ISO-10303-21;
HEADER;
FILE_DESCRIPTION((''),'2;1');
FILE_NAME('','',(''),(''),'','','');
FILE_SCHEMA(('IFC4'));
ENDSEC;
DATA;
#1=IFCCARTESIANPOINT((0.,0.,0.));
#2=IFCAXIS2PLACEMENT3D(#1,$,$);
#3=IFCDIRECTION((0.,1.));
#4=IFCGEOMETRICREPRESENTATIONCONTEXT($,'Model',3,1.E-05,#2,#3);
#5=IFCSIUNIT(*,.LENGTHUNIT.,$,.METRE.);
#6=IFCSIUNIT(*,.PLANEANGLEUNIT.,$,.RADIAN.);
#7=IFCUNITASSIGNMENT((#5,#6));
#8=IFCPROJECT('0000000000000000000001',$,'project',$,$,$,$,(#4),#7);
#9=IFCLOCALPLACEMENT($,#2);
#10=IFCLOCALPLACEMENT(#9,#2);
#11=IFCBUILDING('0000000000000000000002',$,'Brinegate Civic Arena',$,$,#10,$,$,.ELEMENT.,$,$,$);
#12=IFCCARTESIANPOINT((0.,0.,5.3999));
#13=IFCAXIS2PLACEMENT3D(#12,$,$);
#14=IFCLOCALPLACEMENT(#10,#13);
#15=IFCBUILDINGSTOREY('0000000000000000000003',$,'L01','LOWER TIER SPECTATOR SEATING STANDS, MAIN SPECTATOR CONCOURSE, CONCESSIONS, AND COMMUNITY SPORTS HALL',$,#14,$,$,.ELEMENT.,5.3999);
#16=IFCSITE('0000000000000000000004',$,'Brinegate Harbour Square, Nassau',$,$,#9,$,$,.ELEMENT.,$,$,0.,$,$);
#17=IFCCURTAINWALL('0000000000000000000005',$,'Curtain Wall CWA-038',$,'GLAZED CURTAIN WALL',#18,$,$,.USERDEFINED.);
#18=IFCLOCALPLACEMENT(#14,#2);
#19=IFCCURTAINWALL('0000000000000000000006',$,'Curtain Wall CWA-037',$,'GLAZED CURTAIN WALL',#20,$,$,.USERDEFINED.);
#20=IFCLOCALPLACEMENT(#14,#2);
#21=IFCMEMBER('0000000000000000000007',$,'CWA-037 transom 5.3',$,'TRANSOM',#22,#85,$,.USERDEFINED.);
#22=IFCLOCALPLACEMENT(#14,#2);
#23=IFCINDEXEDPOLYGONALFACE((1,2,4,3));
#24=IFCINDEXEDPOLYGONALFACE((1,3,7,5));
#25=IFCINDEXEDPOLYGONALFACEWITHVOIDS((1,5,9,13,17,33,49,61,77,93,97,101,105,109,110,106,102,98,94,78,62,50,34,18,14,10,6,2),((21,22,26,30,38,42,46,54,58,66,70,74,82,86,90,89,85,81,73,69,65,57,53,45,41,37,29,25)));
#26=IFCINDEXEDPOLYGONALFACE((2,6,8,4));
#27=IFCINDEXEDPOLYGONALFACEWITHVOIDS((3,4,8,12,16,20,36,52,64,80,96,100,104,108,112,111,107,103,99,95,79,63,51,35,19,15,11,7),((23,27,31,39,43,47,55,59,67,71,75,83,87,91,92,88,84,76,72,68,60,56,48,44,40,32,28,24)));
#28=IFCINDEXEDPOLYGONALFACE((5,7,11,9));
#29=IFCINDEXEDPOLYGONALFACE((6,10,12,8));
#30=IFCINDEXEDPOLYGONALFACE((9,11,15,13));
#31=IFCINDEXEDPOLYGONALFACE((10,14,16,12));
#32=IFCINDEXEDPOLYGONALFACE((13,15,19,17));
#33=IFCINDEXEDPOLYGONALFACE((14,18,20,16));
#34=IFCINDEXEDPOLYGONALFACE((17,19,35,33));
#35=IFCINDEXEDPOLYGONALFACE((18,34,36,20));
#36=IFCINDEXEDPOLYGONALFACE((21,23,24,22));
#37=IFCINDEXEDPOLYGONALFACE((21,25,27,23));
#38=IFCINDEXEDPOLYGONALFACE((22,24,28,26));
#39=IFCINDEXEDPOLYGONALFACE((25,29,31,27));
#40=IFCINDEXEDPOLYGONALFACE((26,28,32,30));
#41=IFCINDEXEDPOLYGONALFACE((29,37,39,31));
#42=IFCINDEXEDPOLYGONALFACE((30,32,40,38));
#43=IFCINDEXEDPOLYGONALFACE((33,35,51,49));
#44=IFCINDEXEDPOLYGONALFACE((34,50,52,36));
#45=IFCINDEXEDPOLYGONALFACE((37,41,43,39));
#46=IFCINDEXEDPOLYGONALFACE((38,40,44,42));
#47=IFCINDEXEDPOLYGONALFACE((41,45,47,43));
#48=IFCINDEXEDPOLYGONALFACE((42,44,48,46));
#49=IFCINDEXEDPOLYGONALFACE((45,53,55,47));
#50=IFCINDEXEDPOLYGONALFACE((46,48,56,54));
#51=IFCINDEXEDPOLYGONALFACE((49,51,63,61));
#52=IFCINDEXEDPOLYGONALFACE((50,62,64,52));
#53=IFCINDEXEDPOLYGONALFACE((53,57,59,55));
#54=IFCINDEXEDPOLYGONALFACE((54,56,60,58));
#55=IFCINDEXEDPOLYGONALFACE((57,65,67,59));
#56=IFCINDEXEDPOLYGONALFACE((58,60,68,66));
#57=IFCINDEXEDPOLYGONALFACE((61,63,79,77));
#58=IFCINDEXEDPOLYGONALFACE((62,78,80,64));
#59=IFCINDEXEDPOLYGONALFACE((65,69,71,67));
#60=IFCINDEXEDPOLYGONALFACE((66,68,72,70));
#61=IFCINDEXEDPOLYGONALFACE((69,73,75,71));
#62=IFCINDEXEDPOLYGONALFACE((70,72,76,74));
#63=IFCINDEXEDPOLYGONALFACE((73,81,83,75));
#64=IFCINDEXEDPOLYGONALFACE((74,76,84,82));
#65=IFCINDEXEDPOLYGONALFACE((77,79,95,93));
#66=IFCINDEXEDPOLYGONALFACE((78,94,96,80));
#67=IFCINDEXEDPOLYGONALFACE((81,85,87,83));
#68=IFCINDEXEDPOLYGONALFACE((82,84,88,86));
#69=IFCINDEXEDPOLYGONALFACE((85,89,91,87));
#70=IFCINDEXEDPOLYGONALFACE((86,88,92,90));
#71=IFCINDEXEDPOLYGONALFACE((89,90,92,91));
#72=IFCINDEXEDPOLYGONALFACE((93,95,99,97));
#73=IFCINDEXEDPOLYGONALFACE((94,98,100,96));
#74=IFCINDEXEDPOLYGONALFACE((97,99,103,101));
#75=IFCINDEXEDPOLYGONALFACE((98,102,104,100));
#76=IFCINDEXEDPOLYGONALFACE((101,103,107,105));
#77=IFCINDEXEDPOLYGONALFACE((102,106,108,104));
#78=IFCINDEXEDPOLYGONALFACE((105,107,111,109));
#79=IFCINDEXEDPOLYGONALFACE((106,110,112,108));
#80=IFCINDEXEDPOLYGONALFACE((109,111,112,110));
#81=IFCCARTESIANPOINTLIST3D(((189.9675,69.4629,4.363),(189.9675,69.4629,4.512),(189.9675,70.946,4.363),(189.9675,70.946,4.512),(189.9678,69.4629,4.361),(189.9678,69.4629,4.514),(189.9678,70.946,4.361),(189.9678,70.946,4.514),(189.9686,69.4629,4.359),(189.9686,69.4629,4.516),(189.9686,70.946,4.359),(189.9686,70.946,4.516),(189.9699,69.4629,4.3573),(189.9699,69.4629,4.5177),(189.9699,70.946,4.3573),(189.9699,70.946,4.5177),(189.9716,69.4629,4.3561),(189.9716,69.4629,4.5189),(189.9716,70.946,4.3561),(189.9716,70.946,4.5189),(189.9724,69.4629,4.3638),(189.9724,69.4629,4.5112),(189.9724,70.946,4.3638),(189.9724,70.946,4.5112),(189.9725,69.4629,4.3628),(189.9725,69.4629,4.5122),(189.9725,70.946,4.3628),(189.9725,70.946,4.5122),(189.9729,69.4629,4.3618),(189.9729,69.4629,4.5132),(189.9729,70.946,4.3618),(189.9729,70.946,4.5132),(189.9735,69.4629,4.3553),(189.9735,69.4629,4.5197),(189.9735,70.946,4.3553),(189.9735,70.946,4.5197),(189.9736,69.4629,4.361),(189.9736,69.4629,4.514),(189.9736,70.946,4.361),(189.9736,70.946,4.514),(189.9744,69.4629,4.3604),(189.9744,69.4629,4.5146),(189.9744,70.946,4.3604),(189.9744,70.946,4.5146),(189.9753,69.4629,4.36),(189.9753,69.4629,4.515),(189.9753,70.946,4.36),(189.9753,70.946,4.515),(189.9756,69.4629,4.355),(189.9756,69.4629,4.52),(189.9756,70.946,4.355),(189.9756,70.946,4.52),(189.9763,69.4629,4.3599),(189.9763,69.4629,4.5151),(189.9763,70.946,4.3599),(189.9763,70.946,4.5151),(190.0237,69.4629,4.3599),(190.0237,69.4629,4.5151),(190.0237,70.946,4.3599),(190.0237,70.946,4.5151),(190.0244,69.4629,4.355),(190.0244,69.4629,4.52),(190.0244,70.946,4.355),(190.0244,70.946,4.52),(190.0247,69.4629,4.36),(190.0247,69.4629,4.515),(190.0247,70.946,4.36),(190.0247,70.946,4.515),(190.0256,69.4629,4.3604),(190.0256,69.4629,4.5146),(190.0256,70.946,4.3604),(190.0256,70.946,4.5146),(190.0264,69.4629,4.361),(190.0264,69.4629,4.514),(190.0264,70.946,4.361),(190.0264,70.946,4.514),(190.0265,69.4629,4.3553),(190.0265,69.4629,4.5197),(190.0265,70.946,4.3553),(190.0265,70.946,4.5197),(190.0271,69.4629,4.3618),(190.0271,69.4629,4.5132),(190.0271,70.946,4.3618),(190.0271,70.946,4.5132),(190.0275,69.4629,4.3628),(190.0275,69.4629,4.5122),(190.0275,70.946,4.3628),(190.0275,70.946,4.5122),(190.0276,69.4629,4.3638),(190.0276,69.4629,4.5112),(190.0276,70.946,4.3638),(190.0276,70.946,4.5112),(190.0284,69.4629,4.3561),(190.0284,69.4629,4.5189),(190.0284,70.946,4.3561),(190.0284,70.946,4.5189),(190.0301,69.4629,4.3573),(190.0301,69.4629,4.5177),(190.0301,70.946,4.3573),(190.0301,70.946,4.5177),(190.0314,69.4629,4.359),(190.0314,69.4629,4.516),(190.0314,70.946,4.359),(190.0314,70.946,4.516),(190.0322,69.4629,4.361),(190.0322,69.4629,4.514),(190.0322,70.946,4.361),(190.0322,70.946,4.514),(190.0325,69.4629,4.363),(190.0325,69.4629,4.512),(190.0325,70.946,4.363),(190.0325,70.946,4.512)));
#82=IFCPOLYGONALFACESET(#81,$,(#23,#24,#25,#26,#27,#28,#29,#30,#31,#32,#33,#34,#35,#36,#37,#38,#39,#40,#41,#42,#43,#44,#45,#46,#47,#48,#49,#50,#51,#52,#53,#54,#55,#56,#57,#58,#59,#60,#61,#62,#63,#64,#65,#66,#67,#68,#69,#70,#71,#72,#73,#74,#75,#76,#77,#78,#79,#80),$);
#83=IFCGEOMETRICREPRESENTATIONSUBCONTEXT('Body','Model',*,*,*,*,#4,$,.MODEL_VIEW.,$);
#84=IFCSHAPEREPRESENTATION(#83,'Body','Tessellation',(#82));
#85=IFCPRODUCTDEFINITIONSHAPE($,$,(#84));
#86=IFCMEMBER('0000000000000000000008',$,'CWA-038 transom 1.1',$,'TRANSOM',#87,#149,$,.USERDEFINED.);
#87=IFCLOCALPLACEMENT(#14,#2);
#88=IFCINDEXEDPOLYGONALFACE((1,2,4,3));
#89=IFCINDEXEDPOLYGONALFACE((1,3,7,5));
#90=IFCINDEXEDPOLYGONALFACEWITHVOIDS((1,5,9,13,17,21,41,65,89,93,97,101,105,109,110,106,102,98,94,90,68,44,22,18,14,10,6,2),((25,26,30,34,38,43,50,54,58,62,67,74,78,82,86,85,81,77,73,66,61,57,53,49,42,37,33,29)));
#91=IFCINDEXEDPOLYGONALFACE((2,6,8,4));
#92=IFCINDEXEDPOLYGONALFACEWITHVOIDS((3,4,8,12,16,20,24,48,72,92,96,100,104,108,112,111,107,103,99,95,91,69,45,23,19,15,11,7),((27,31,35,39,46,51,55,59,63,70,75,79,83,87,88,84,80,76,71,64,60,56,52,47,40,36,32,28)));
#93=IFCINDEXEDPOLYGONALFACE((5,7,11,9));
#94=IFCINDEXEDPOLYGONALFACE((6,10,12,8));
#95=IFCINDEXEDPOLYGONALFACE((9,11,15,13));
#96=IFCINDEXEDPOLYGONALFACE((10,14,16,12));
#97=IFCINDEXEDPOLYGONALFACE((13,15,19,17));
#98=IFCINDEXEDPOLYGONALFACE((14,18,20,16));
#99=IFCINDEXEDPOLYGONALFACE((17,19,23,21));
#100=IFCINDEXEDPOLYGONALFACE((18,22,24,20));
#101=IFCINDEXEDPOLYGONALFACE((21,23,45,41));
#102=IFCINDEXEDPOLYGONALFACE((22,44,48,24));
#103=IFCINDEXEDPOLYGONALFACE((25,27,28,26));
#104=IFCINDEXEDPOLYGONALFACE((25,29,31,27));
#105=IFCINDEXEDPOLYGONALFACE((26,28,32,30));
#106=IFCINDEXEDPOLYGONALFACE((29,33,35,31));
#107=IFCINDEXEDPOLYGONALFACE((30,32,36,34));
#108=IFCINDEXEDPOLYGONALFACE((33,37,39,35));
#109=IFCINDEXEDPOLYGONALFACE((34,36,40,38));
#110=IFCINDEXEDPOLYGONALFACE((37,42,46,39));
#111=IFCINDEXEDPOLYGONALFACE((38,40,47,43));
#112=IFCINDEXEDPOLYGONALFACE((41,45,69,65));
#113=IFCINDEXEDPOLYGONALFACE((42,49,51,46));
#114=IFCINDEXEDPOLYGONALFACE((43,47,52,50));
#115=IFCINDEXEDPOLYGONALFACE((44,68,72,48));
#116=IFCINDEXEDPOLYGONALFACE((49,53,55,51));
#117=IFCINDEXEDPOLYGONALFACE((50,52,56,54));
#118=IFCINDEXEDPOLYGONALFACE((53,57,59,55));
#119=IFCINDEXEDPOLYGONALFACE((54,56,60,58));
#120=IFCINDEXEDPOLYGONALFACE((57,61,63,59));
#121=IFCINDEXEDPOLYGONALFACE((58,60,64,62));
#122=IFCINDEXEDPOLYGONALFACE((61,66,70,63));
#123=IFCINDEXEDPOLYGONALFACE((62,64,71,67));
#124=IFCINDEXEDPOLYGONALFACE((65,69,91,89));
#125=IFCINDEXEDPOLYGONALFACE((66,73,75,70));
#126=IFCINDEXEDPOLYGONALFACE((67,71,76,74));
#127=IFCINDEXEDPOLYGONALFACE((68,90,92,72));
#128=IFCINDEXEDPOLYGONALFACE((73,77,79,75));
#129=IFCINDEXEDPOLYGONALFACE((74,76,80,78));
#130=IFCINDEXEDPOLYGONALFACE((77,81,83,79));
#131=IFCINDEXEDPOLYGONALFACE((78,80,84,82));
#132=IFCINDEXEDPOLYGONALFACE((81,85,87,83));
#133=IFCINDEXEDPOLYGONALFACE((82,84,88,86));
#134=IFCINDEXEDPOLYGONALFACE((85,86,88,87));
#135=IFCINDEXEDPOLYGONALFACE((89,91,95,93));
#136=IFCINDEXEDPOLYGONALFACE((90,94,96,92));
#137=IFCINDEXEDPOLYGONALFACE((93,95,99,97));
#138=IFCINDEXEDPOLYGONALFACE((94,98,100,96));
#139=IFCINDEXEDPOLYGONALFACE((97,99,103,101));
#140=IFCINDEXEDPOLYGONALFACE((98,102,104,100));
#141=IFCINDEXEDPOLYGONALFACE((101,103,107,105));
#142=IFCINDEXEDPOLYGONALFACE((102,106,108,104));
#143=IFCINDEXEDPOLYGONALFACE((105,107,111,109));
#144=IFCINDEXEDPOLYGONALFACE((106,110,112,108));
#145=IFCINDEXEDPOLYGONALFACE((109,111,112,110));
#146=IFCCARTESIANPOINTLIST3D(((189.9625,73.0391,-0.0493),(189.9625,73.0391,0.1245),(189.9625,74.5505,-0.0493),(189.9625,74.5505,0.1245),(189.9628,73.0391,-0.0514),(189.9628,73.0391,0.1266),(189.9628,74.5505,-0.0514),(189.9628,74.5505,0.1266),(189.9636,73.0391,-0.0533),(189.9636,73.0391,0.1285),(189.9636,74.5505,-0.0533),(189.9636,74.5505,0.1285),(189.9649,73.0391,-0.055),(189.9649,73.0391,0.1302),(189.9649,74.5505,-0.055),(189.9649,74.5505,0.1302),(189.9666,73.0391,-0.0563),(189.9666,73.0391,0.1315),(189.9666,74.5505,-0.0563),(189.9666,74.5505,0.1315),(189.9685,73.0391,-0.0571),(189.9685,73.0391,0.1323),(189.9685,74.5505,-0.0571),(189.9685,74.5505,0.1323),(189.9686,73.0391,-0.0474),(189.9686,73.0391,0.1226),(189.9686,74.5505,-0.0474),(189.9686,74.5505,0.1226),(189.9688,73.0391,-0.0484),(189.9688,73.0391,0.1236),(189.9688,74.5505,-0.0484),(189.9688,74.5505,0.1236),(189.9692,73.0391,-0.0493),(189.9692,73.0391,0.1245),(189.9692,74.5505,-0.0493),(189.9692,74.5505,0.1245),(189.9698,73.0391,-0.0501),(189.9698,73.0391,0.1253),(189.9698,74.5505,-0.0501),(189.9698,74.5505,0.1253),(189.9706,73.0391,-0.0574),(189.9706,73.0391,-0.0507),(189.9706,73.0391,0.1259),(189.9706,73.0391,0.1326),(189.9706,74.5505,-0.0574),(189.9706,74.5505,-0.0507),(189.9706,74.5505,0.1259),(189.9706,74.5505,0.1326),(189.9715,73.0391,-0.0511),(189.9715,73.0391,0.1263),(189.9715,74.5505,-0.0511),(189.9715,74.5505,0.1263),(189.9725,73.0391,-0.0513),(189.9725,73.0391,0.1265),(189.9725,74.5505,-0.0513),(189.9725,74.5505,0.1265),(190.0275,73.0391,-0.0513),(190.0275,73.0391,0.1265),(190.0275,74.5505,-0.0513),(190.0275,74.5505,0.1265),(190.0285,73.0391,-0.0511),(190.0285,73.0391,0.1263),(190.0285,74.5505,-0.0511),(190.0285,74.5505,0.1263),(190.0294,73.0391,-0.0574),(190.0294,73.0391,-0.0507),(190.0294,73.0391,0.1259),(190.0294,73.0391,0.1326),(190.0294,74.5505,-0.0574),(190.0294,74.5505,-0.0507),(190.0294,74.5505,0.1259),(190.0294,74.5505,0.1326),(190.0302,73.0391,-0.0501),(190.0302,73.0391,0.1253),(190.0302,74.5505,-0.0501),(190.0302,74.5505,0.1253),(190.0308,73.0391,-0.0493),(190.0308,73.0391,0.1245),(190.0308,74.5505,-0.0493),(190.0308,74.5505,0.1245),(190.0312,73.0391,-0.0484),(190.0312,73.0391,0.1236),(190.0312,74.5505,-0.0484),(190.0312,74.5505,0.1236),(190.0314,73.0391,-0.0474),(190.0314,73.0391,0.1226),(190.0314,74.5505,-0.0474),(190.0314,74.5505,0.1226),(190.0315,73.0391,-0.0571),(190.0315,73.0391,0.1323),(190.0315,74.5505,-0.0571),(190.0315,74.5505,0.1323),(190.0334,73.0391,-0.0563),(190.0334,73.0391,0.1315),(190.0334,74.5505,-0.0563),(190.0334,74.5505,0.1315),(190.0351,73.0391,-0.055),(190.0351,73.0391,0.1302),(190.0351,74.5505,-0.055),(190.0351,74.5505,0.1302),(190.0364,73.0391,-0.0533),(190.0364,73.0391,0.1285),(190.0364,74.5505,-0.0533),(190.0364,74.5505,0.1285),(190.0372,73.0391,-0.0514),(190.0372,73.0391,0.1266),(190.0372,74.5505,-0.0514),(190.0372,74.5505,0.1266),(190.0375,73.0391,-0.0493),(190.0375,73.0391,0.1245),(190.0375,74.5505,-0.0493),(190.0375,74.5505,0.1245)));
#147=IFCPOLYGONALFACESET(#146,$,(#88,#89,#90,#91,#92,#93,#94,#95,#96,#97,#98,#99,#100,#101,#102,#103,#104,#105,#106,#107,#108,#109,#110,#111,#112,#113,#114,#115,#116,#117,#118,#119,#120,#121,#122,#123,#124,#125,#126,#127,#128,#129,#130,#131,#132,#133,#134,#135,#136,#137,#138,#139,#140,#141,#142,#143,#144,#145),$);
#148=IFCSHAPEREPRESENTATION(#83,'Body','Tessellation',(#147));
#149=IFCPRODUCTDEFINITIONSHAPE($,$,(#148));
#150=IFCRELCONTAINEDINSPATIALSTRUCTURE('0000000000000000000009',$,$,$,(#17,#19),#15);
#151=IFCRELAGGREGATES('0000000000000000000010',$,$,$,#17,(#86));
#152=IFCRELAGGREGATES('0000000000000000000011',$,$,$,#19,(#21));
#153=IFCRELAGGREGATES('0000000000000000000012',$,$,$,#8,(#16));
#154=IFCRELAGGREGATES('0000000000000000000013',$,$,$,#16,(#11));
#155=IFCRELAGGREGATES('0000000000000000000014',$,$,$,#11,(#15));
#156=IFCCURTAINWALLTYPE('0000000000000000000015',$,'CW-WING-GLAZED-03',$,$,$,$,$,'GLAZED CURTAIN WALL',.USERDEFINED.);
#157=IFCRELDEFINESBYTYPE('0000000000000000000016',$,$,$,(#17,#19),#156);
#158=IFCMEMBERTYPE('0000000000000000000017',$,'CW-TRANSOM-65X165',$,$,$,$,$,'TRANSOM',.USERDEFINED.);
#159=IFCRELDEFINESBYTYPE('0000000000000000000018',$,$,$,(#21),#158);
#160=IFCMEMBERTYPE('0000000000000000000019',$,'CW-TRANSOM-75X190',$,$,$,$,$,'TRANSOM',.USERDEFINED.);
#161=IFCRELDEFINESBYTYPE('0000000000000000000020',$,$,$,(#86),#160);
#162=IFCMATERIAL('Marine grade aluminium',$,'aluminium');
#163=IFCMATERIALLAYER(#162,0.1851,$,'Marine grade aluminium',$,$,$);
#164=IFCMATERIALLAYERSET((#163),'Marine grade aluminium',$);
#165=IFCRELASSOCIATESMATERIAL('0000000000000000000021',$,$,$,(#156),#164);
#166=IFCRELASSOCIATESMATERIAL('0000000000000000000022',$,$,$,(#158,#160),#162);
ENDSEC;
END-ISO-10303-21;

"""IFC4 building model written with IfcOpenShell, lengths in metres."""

from ifc_helpers import new_model, si_unit, direction, frame, origin, origin_2d, place, context, subcontext, project, spatial, hollow_rectangle, extrude, material, layer, layer_set, material_profile, profile_set, type_object, element, aggregate, save


model = new_model("IFC4")

# Units and contexts
model_context = context("Model", 3, precision=1e-05, world=origin(), true_north=direction((0.0, 1.0)))
body_context = subcontext(model_context, "Body", "Model", "MODEL_VIEW")
ifc_project = project(units=[si_unit("LENGTHUNIT", "METRE"), si_unit("PLANEANGLEUNIT", "RADIAN")], contexts=[model_context])

# Site, building, storey
site_placement = place(None, origin())
site = spatial("IfcSite", under=ifc_project, at=site_placement, Name="Brinegate Harbour Square, Nassau", CompositionType="ELEMENT", RefElevation=0.0)
building_placement = place(site_placement, origin())
building = spatial("IfcBuilding", under=site, at=building_placement, Name="Brinegate Civic Arena", CompositionType="ELEMENT")
storey_placement = place(building_placement, frame((0.0, 0.0, 5.3999)))
storey = spatial("IfcBuildingStorey", under=building, at=storey_placement, Name="L01", Description="LOWER TIER SPECTATOR SEATING STANDS, MAIN SPECTATOR CONCOURSE, CONCESSIONS, AND COMMUNITY SPORTS HALL", CompositionType="ELEMENT", Elevation=5.3999)

# Curtain walls, member
ifc_material_1 = material(Name="Marine grade aluminium", Category="aluminium")
ifc_layer_1 = layer(ifc_material_1, 0.1851, Name="Marine grade aluminium")
ifc_layer_set_1 = layer_set([ifc_layer_1], Name="Marine grade aluminium")
curtain_wall_type = type_object("IfcCurtainWallType", Name="CW-WING-GLAZED-03", ElementType="GLAZED CURTAIN WALL", PredefinedType="USERDEFINED", material=ifc_layer_set_1)
curtain_wall_1_placement = place(storey_placement, origin())
curtain_wall_1 = element("IfcCurtainWall", 1, at=curtain_wall_1_placement, inside=storey, type_object=curtain_wall_type, Name="Curtain Wall CWA-038", ObjectType="GLAZED CURTAIN WALL", PredefinedType="USERDEFINED")
curtain_wall_2_placement = place(storey_placement, origin())
curtain_wall_2 = element("IfcCurtainWall", 2, at=curtain_wall_2_placement, inside=storey, type_object=curtain_wall_type, Name="Curtain Wall CWA-037", ObjectType="GLAZED CURTAIN WALL", PredefinedType="USERDEFINED")
ifc_material_profile_1 = material_profile(ifc_material_1, hollow_rectangle(XDim=0.0649, YDim=0.165, WallThickness=0.0049, InnerFilletRadius=0.0039, OuterFilletRadius=0.0081, at=origin_2d()), Name="TRN65X165")
ifc_profile_set_1 = profile_set([ifc_material_profile_1], Name="Marine grade aluminium")
member_type_1 = type_object("IfcMemberType", Name="CW-TRANSOM-65X165", ElementType="TRANSOM", PredefinedType="USERDEFINED", material=ifc_profile_set_1)
member_1_placement = place(storey_placement, frame((190.0, 69.4629, 4.4375), z_axis=(0.0, 1.0, 0.0), x_axis=(-1.0, 0.0, 0.0)))
member_1 = element("IfcMember", 3, at=member_1_placement, type_object=member_type_1, Name="CWA-037 transom 5.3", ObjectType="TRANSOM", PredefinedType="USERDEFINED", context=body_context, shape_type="SweptSolid", body=[
    extrude(hollow_rectangle(XDim=0.0649, YDim=0.165, WallThickness=0.0049, InnerFilletRadius=0.0039, OuterFilletRadius=0.0081, at=origin_2d()), origin(), (0.0, 0.0, 1.0), 1.4832),
])

# Member
ifc_material_profile_2 = material_profile(ifc_material_1, hollow_rectangle(XDim=0.075, YDim=0.1899, WallThickness=0.0061, InnerFilletRadius=0.0039, OuterFilletRadius=0.0081, at=origin_2d()), Name="TRN75X190")
ifc_profile_set_2 = profile_set([ifc_material_profile_2], Name="Marine grade aluminium")
member_type_2 = type_object("IfcMemberType", Name="CW-TRANSOM-75X190", ElementType="TRANSOM", PredefinedType="USERDEFINED", material=ifc_profile_set_2)
member_2_placement = place(storey_placement, frame((190.0, 73.0391, 0.0376), z_axis=(0.0, 1.0, 0.0), x_axis=(-1.0, 0.0, 0.0)))
member_2 = element("IfcMember", 4, at=member_2_placement, type_object=member_type_2, Name="CWA-038 transom 1.1", ObjectType="TRANSOM", PredefinedType="USERDEFINED", context=body_context, shape_type="SweptSolid", body=[
    extrude(hollow_rectangle(XDim=0.075, YDim=0.1899, WallThickness=0.0061, InnerFilletRadius=0.0039, OuterFilletRadius=0.0081, at=origin_2d()), origin(), (0.0, 0.0, 1.0), 1.5115),
])

aggregate(curtain_wall_1, [member_2])
aggregate(curtain_wall_2, [member_1])

save(model, "model.ifc")
